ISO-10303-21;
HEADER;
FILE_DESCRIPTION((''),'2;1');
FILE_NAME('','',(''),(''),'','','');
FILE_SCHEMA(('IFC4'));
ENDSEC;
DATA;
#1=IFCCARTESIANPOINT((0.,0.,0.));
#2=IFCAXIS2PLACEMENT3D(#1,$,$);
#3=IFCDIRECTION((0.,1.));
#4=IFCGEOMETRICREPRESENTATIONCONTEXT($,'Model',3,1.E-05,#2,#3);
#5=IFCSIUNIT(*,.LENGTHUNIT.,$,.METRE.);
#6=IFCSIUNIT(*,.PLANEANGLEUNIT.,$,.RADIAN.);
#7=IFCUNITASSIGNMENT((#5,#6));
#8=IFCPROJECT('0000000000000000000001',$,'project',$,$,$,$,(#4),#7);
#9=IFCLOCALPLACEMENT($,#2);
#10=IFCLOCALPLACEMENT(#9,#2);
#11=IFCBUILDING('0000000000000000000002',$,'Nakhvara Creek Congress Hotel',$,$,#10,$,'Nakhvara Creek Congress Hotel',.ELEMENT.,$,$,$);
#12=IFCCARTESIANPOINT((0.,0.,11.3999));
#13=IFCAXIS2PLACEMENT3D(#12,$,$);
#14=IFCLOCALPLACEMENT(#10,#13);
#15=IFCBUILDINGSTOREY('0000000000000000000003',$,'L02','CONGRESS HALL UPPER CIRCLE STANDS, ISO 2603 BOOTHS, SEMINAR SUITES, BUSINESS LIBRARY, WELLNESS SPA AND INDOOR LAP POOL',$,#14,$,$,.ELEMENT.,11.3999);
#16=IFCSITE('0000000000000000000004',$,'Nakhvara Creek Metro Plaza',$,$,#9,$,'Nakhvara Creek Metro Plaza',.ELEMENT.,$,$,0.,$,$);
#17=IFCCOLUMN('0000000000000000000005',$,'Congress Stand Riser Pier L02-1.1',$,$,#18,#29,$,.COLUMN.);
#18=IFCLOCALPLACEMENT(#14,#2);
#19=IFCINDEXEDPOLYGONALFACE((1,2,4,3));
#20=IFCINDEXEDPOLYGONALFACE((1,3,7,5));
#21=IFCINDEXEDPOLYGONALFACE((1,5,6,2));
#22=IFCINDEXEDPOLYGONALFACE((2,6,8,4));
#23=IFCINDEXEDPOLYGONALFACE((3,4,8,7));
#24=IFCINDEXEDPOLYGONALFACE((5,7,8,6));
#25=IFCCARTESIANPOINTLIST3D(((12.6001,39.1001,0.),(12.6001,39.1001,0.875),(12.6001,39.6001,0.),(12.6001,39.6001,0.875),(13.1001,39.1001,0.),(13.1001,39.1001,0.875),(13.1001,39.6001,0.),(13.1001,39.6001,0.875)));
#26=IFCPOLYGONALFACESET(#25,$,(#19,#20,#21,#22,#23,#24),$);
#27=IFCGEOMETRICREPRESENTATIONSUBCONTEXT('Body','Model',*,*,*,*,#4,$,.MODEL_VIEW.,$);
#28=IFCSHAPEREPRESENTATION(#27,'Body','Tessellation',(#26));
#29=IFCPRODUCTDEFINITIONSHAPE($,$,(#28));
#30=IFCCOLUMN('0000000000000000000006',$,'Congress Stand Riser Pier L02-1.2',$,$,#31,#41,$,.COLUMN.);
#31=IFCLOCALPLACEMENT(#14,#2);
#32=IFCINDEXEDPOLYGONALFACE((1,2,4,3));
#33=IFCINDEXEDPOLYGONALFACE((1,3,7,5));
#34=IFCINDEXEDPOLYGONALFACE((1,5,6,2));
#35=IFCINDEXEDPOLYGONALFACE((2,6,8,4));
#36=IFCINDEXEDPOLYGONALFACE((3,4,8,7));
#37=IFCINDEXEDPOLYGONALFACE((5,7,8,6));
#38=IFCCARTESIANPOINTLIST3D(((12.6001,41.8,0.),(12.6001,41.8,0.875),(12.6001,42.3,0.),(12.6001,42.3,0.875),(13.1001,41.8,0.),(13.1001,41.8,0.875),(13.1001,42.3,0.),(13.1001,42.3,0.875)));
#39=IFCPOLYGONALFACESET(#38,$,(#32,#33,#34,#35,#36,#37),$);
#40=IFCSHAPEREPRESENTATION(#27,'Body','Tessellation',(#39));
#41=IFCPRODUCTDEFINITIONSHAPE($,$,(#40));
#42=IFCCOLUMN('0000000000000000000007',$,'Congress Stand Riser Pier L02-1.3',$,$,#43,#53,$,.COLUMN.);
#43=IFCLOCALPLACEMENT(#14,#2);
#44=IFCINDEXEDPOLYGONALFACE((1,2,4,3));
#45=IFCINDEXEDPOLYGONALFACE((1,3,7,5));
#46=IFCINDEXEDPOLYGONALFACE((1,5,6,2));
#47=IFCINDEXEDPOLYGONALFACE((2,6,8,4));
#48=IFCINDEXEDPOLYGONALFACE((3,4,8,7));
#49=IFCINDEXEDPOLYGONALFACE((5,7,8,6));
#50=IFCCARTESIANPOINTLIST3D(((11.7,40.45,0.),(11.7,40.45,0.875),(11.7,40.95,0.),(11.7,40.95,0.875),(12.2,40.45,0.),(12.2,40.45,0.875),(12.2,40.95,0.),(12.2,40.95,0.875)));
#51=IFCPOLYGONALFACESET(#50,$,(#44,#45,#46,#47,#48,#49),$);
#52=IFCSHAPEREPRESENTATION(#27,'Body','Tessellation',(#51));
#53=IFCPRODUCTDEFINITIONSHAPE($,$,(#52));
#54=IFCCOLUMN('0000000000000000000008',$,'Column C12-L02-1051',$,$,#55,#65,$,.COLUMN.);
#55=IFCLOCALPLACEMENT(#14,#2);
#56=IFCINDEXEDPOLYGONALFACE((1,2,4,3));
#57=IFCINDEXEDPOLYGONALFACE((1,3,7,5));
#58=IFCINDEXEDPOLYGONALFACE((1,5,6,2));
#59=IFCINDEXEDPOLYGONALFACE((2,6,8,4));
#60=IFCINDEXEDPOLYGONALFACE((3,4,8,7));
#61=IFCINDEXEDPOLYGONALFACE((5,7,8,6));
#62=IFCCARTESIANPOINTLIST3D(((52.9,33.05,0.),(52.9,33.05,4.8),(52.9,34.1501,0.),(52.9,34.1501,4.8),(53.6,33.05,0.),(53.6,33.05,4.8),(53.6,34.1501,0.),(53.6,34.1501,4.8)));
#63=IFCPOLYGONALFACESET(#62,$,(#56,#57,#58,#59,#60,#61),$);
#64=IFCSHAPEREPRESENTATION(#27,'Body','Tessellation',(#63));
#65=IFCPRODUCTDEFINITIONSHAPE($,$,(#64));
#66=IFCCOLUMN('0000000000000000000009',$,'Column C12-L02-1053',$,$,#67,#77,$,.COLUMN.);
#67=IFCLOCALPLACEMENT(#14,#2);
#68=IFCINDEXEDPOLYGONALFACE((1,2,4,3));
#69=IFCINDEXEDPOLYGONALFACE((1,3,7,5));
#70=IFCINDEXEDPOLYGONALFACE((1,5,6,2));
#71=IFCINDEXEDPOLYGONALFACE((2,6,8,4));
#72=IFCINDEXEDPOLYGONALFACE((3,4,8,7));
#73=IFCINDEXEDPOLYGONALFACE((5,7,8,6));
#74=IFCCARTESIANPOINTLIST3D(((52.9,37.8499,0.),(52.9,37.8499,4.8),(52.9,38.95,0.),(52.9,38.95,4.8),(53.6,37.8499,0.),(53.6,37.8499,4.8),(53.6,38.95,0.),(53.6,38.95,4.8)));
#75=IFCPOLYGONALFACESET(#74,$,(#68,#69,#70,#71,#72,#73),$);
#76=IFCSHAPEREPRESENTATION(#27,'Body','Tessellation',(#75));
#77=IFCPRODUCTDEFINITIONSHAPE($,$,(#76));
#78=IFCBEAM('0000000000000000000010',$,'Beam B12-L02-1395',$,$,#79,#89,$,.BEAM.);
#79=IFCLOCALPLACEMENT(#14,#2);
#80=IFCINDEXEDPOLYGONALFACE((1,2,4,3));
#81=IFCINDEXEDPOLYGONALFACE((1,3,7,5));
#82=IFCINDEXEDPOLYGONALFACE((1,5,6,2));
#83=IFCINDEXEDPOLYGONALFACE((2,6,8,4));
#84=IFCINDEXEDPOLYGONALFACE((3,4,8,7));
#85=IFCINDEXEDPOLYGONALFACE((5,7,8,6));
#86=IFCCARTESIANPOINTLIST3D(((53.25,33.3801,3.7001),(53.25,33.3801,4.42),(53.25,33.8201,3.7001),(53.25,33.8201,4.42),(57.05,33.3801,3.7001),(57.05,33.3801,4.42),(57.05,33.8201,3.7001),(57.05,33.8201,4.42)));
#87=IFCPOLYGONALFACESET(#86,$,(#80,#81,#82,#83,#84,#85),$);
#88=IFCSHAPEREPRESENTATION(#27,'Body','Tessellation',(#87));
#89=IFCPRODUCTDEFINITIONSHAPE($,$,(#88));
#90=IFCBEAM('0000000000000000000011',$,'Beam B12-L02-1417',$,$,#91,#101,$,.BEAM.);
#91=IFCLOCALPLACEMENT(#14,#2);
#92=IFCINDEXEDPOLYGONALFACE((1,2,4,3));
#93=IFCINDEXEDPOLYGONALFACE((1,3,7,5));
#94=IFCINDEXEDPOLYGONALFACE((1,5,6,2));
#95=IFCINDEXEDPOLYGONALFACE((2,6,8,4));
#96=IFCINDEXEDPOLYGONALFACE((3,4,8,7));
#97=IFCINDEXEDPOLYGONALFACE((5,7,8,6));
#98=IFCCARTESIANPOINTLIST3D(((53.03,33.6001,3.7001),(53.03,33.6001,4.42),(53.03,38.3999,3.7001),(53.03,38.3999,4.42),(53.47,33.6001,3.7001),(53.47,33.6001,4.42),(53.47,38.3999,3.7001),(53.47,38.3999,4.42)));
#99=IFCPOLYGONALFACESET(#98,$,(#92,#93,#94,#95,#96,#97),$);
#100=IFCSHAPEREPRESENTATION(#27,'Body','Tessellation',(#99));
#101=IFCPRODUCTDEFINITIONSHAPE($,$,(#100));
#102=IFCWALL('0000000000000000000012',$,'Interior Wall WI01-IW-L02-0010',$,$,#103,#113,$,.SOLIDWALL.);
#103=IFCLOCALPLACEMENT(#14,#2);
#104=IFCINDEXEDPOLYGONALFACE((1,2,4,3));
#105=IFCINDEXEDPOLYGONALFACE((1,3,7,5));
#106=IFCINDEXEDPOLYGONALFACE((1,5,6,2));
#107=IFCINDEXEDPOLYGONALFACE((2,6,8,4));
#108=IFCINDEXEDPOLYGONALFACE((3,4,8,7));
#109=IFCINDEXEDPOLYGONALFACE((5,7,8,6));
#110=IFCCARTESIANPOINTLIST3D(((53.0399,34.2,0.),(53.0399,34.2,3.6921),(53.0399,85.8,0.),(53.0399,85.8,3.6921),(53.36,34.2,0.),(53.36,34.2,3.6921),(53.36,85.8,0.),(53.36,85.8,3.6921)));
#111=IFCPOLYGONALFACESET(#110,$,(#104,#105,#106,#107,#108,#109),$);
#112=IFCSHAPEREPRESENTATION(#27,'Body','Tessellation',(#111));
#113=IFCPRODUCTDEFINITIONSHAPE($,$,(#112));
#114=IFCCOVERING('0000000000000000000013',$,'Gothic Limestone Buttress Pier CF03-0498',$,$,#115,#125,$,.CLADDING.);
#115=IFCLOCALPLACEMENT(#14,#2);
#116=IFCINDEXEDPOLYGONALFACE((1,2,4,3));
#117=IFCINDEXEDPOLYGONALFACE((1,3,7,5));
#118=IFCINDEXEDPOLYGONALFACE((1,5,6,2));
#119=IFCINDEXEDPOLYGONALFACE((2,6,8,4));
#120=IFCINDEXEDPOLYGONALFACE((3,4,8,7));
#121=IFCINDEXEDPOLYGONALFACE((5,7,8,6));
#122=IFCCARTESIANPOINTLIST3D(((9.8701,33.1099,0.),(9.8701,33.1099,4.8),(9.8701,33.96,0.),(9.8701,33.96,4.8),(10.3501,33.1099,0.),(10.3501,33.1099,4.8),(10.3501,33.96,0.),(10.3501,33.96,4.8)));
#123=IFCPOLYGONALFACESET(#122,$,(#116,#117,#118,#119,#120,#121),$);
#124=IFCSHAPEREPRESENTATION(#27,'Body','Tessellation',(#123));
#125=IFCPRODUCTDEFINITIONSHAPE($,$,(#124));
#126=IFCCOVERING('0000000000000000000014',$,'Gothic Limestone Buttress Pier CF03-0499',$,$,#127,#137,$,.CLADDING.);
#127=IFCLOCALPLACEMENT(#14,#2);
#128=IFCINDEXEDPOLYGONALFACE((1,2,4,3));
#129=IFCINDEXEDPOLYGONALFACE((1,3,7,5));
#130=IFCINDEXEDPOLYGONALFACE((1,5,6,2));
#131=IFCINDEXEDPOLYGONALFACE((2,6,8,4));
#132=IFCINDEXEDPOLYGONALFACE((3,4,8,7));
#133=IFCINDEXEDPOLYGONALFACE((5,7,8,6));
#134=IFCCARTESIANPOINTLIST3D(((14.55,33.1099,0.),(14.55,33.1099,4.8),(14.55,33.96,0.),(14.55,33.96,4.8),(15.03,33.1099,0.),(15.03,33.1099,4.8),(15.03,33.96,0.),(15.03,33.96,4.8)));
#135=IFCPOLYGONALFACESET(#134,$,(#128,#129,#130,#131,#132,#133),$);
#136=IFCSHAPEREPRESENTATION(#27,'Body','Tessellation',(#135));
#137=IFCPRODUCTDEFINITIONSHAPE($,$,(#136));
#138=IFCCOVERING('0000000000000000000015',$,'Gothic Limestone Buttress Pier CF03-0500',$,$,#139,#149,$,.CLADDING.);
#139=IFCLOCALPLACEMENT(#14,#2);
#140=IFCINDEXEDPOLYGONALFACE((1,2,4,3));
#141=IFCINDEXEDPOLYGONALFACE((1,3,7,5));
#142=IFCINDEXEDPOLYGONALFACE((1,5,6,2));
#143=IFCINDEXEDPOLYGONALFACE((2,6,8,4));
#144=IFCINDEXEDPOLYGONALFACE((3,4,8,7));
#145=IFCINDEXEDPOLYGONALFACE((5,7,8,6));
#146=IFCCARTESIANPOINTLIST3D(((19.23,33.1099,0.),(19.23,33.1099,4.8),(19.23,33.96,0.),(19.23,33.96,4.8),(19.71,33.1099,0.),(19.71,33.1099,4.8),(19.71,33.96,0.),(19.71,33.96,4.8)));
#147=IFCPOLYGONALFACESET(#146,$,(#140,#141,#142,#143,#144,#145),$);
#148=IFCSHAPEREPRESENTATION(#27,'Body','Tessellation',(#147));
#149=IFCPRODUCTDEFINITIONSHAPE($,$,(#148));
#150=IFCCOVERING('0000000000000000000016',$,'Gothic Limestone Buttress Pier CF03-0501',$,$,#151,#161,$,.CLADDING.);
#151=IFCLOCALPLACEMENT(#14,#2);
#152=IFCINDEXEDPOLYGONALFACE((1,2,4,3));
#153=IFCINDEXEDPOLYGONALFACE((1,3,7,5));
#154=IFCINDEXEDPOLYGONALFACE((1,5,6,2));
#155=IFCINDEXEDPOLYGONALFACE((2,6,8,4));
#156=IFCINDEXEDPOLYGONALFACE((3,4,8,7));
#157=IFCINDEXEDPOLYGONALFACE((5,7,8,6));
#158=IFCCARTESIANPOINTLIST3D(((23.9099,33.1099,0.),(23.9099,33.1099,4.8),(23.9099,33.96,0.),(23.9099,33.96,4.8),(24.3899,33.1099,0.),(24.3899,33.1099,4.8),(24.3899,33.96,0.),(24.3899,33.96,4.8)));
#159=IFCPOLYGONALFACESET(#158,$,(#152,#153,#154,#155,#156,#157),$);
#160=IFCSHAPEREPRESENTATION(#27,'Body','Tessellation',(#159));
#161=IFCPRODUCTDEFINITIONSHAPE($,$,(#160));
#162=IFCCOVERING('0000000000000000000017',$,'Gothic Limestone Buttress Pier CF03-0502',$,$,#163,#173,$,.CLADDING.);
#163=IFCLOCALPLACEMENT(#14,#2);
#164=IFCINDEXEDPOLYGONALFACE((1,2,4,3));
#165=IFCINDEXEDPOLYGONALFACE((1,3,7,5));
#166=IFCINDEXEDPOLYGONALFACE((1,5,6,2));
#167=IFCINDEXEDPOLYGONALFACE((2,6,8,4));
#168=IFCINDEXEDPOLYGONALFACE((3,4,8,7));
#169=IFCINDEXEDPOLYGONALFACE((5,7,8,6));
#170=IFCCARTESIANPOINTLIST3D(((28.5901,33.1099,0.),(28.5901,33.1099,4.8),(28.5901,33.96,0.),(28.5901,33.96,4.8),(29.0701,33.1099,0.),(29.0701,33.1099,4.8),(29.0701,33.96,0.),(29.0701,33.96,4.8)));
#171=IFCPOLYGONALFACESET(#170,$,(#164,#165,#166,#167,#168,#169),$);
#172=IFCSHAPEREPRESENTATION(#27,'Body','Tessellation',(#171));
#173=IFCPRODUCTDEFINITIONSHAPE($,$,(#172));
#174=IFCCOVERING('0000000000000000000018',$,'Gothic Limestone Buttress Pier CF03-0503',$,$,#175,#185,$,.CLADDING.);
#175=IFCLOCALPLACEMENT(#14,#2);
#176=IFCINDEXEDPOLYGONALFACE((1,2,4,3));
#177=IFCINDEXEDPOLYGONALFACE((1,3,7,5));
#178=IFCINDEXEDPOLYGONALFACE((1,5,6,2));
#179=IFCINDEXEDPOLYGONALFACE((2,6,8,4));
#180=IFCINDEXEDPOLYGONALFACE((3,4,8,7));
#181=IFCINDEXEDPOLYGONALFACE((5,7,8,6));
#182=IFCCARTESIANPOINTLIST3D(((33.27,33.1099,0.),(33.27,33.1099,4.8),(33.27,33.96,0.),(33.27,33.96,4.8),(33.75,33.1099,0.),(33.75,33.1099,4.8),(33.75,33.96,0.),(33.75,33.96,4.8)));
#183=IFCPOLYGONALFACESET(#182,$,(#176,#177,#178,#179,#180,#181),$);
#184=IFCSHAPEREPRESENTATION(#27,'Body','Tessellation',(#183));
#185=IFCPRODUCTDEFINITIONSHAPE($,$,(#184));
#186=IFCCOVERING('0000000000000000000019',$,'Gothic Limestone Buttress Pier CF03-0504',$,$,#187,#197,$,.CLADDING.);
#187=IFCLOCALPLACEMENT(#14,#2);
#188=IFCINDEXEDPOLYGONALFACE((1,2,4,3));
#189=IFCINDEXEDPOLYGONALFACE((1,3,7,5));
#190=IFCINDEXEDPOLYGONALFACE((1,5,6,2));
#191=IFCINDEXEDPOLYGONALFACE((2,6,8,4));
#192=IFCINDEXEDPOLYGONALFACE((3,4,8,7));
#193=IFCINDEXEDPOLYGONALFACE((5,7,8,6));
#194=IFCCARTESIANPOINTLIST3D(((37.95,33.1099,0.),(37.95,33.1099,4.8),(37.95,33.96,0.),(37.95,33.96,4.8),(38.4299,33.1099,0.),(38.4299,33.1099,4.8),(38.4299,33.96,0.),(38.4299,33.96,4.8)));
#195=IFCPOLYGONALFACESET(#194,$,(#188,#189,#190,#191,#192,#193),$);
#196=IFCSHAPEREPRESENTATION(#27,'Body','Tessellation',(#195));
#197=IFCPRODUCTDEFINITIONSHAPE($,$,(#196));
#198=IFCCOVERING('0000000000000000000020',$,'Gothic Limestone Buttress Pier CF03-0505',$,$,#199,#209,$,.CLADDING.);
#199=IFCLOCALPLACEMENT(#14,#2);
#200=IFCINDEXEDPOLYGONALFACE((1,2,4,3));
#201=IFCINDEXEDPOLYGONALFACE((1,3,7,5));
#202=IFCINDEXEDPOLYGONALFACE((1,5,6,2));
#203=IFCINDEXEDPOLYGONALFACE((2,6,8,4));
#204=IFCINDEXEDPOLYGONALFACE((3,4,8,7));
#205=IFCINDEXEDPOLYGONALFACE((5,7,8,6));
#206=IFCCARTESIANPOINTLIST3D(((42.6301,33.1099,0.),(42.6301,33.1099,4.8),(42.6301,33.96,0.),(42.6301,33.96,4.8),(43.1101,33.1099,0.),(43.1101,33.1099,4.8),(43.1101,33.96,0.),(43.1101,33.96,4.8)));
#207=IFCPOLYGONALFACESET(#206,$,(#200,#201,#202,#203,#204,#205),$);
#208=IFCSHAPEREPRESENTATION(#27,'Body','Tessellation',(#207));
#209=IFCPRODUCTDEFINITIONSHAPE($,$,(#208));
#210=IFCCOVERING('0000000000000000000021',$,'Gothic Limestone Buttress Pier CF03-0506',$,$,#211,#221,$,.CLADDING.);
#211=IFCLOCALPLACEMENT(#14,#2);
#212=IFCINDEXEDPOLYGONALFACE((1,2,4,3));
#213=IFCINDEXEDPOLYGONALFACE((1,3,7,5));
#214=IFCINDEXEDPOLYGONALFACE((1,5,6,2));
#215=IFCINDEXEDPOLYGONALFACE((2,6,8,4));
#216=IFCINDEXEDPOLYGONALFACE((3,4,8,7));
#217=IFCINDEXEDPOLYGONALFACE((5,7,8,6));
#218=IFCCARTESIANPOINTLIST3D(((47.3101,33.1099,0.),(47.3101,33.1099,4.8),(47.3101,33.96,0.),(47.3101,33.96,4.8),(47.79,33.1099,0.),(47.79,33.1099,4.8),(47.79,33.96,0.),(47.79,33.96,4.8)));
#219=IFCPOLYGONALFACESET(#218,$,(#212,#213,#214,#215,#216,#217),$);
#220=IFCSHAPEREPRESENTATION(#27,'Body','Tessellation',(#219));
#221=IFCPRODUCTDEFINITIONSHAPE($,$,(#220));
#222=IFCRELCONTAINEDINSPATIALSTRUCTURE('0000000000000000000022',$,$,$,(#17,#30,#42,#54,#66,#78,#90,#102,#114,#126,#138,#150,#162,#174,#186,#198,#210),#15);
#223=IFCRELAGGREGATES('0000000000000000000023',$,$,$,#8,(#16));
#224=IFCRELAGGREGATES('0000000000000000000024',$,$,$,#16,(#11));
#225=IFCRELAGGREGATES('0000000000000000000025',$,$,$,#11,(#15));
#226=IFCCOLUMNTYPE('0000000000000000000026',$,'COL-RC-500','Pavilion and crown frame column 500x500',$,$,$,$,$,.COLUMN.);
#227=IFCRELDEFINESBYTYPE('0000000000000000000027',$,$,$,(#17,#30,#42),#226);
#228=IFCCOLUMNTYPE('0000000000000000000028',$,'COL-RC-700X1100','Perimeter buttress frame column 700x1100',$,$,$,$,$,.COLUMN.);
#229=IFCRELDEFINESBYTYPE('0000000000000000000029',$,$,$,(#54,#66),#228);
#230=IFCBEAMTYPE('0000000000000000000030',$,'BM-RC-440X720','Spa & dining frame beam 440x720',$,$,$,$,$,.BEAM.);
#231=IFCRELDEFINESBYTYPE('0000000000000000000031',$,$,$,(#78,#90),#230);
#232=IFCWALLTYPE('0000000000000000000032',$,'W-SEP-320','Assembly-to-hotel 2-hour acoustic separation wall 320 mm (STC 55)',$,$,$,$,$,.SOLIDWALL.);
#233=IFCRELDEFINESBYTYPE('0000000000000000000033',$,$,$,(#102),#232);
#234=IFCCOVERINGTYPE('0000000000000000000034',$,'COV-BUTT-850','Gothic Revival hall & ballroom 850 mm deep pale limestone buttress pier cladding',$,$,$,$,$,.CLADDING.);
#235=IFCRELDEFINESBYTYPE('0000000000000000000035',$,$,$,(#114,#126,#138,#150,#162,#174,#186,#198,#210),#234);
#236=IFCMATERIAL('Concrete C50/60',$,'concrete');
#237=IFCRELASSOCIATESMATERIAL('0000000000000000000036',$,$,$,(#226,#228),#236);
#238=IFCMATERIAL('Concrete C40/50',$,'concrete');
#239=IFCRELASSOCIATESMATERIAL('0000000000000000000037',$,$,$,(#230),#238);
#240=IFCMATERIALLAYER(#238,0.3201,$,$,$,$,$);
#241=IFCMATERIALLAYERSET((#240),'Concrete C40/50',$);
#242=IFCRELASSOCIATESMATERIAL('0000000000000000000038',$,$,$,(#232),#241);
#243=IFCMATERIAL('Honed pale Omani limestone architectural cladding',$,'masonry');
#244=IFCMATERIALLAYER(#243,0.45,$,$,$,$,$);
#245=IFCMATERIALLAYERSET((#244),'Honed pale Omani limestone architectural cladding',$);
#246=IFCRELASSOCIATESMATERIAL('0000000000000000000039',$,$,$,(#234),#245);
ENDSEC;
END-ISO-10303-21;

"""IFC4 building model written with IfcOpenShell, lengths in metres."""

from ifc_helpers import new_model, si_unit, direction, frame, frame_2d, origin, origin_2d, place, context, subcontext, project, spatial, rectangle, extrude, material, layer, layer_set, material_profile, profile_set, type_object, element, save


model = new_model("IFC4")

# Units and contexts
model_context = context("Model", 3, precision=1e-05, world=origin(), true_north=direction((0.0, 1.0)))
body_context = subcontext(model_context, "Body", "Model", "MODEL_VIEW")
ifc_project = project(units=[si_unit("LENGTHUNIT", "METRE"), si_unit("PLANEANGLEUNIT", "RADIAN")], contexts=[model_context])

# Site, building, storey
site_placement = place(None, origin())
site = spatial("IfcSite", under=ifc_project, at=site_placement, Name="Nakhvara Creek Metro Plaza", LongName="Nakhvara Creek Metro Plaza", CompositionType="ELEMENT", RefElevation=0.0)
building_placement = place(site_placement, origin())
building = spatial("IfcBuilding", under=site, at=building_placement, Name="Nakhvara Creek Congress Hotel", LongName="Nakhvara Creek Congress Hotel", CompositionType="ELEMENT")
storey_placement = place(building_placement, frame((0.0, 0.0, 11.3999)))
storey = spatial("IfcBuildingStorey", under=building, at=storey_placement, Name="L02", Description="CONGRESS HALL UPPER CIRCLE STANDS, ISO 2603 BOOTHS, SEMINAR SUITES, BUSINESS LIBRARY, WELLNESS SPA AND INDOOR LAP POOL", CompositionType="ELEMENT", Elevation=11.3999)

# Columns
ifc_material_1 = material(Name="Concrete C50/60", Category="concrete")
ifc_material_profile_1 = material_profile(ifc_material_1, rectangle(XDim=0.5, YDim=0.5, at=origin_2d()), Name="RC-COL 500x500", Category="LoadBearing")
ifc_profile_set_1 = profile_set([ifc_material_profile_1], Name="Concrete C50/60")
column_type_1 = type_object("IfcColumnType", Name="COL-RC-500", Description="Pavilion and crown frame column 500x500", PredefinedType="COLUMN", material=ifc_profile_set_1)
for number, where, z_axis, x_axis, name in (
    (1, (12.8501, 39.3501, 0.0), (0.0, 0.0, 1.0), (1.0, 0.0, 0.0), "Congress Stand Riser Pier L02-1.1"),
    (2, (12.8501, 42.05, 0.0), (0.0, 0.0, 1.0), (1.0, 0.0, 0.0), "Congress Stand Riser Pier L02-1.2"),
    (3, (11.95, 40.7, 0.0), (0.0, 0.0, 1.0), (1.0, 0.0, 0.0), "Congress Stand Riser Pier L02-1.3"),
):
    element("IfcColumn", number, at=place(storey_placement, frame(where, z_axis=z_axis, x_axis=x_axis)), inside=storey, type_object=column_type_1, Name=name, PredefinedType="COLUMN", context=body_context, shape_type="SweptSolid", body=[
        extrude(rectangle(XDim=0.5, YDim=0.5, at=origin_2d()), origin(), (0.0, 0.0, 1.0), 0.875),
    ])
ifc_material_profile_2 = material_profile(ifc_material_1, rectangle(XDim=0.7, YDim=1.1001, at=origin_2d()), Name="RC-COL 700x1100", Category="LoadBearing")
ifc_profile_set_2 = profile_set([ifc_material_profile_2], Name="Concrete C50/60")
column_type_2 = type_object("IfcColumnType", Name="COL-RC-700X1100", Description="Perimeter buttress frame column 700x1100", PredefinedType="COLUMN", material=ifc_profile_set_2)
for number, where, z_axis, x_axis, name in (
    (4, (53.25, 33.6001, 0.0), (0.0, 0.0, 1.0), (1.0, 0.0, 0.0), "Column C12-L02-1051"),
    (5, (53.25, 38.3999, 0.0), (0.0, 0.0, 1.0), (1.0, 0.0, 0.0), "Column C12-L02-1053"),
):
    element("IfcColumn", number, at=place(storey_placement, frame(where, z_axis=z_axis, x_axis=x_axis)), inside=storey, type_object=column_type_2, Name=name, PredefinedType="COLUMN", context=body_context, shape_type="SweptSolid", body=[
        extrude(rectangle(XDim=0.7, YDim=1.1001, at=origin_2d()), origin(), (0.0, 0.0, 1.0), 4.8),
    ])

# Beams
ifc_material_2 = material(Name="Concrete C40/50", Category="concrete")
ifc_material_profile_3 = material_profile(ifc_material_2, rectangle(XDim=0.4399, YDim=0.72, at=origin_2d()), Name="RC-BM 440x720", Category="LoadBearing")
ifc_profile_set_3 = profile_set([ifc_material_profile_3], Name="Concrete C40/50")
beam_type = type_object("IfcBeamType", Name="BM-RC-440X720", Description="Spa & dining frame beam 440x720", PredefinedType="BEAM", material=ifc_profile_set_3)
beam_1_placement = place(storey_placement, frame((53.25, 33.6001, 4.0601), z_axis=(1.0, 0.0, 0.0), x_axis=(0.0, 1.0, 0.0)))
element("IfcBeam", 6, at=beam_1_placement, inside=storey, type_object=beam_type, Name="Beam B12-L02-1395", PredefinedType="BEAM", context=body_context, shape_type="SweptSolid", body=[
    extrude(rectangle(XDim=0.4399, YDim=0.72, at=origin_2d()), origin(), (0.0, 0.0, 1.0), 3.8),
])
beam_2_placement = place(storey_placement, frame((53.25, 33.6001, 4.0601), z_axis=(0.0, 1.0, 0.0), x_axis=(-1.0, 0.0, 0.0)))
element("IfcBeam", 7, at=beam_2_placement, inside=storey, type_object=beam_type, Name="Beam B12-L02-1417", PredefinedType="BEAM", context=body_context, shape_type="SweptSolid", body=[
    extrude(rectangle(XDim=0.4399, YDim=0.72, at=origin_2d()), origin(), (0.0, 0.0, 1.0), 4.7998),
])

# Wall
ifc_layer_1 = layer(ifc_material_2, 0.3201)
ifc_layer_set_1 = layer_set([ifc_layer_1], Name="Concrete C40/50")
wall_type = type_object("IfcWallType", Name="W-SEP-320", Description="Assembly-to-hotel 2-hour acoustic separation wall 320 mm (STC 55)", PredefinedType="SOLIDWALL", material=ifc_layer_set_1)
wall_placement = place(storey_placement, frame((53.2, 34.2, 0.0), z_axis=(0.0, 0.0, 1.0), x_axis=(0.0, 1.0, 0.0)))
element("IfcWall", 8, at=wall_placement, inside=storey, type_object=wall_type, Name="Interior Wall WI01-IW-L02-0010", PredefinedType="SOLIDWALL", context=body_context, shape_type="SweptSolid", body=[
    extrude(rectangle(XDim=51.6001, YDim=0.3201, at=frame_2d((25.8, 0.0))), origin(), (0.0, 0.0, 1.0), 3.6921),
])

# Coverings
ifc_material_3 = material(Name="Honed pale Omani limestone architectural cladding", Category="masonry")
ifc_layer_2 = layer(ifc_material_3, 0.45)
ifc_layer_set_2 = layer_set([ifc_layer_2], Name="Honed pale Omani limestone architectural cladding")
covering_type = type_object("IfcCoveringType", Name="COV-BUTT-850", Description="Gothic Revival hall & ballroom 850 mm deep pale limestone buttress pier cladding", PredefinedType="CLADDING", material=ifc_layer_set_2)
for number, where, z_axis, x_axis, name in (
    (9, (10.1101, 33.5349, 0.0), (0.0, 0.0, 1.0), (1.0, 0.0, 0.0), "Gothic Limestone Buttress Pier CF03-0498"),
    (10, (14.79, 33.5349, 0.0), (0.0, 0.0, 1.0), (1.0, 0.0, 0.0), "Gothic Limestone Buttress Pier CF03-0499"),
    (11, (19.47, 33.5349, 0.0), (0.0, 0.0, 1.0), (1.0, 0.0, 0.0), "Gothic Limestone Buttress Pier CF03-0500"),
    (12, (24.1499, 33.5349, 0.0), (0.0, 0.0, 1.0), (1.0, 0.0, 0.0), "Gothic Limestone Buttress Pier CF03-0501"),
    (13, (28.8301, 33.5349, 0.0), (0.0, 0.0, 1.0), (1.0, 0.0, 0.0), "Gothic Limestone Buttress Pier CF03-0502"),
    (14, (33.51, 33.5349, 0.0), (0.0, 0.0, 1.0), (1.0, 0.0, 0.0), "Gothic Limestone Buttress Pier CF03-0503"),
    (15, (38.1899, 33.5349, 0.0), (0.0, 0.0, 1.0), (1.0, 0.0, 0.0), "Gothic Limestone Buttress Pier CF03-0504"),
    (16, (42.8701, 33.5349, 0.0), (0.0, 0.0, 1.0), (1.0, 0.0, 0.0), "Gothic Limestone Buttress Pier CF03-0505"),
    (17, (47.55, 33.5349, 0.0), (0.0, 0.0, 1.0), (1.0, 0.0, 0.0), "Gothic Limestone Buttress Pier CF03-0506"),
):
    element("IfcCovering", number, at=place(storey_placement, frame(where, z_axis=z_axis, x_axis=x_axis)), inside=storey, type_object=covering_type, Name=name, PredefinedType="CLADDING", context=body_context, shape_type="SweptSolid", body=[
        extrude(rectangle(XDim=0.48, YDim=0.8501, at=origin_2d()), origin(), (0.0, 0.0, 1.0), 4.8),
    ])

save(model, "model.ifc")
